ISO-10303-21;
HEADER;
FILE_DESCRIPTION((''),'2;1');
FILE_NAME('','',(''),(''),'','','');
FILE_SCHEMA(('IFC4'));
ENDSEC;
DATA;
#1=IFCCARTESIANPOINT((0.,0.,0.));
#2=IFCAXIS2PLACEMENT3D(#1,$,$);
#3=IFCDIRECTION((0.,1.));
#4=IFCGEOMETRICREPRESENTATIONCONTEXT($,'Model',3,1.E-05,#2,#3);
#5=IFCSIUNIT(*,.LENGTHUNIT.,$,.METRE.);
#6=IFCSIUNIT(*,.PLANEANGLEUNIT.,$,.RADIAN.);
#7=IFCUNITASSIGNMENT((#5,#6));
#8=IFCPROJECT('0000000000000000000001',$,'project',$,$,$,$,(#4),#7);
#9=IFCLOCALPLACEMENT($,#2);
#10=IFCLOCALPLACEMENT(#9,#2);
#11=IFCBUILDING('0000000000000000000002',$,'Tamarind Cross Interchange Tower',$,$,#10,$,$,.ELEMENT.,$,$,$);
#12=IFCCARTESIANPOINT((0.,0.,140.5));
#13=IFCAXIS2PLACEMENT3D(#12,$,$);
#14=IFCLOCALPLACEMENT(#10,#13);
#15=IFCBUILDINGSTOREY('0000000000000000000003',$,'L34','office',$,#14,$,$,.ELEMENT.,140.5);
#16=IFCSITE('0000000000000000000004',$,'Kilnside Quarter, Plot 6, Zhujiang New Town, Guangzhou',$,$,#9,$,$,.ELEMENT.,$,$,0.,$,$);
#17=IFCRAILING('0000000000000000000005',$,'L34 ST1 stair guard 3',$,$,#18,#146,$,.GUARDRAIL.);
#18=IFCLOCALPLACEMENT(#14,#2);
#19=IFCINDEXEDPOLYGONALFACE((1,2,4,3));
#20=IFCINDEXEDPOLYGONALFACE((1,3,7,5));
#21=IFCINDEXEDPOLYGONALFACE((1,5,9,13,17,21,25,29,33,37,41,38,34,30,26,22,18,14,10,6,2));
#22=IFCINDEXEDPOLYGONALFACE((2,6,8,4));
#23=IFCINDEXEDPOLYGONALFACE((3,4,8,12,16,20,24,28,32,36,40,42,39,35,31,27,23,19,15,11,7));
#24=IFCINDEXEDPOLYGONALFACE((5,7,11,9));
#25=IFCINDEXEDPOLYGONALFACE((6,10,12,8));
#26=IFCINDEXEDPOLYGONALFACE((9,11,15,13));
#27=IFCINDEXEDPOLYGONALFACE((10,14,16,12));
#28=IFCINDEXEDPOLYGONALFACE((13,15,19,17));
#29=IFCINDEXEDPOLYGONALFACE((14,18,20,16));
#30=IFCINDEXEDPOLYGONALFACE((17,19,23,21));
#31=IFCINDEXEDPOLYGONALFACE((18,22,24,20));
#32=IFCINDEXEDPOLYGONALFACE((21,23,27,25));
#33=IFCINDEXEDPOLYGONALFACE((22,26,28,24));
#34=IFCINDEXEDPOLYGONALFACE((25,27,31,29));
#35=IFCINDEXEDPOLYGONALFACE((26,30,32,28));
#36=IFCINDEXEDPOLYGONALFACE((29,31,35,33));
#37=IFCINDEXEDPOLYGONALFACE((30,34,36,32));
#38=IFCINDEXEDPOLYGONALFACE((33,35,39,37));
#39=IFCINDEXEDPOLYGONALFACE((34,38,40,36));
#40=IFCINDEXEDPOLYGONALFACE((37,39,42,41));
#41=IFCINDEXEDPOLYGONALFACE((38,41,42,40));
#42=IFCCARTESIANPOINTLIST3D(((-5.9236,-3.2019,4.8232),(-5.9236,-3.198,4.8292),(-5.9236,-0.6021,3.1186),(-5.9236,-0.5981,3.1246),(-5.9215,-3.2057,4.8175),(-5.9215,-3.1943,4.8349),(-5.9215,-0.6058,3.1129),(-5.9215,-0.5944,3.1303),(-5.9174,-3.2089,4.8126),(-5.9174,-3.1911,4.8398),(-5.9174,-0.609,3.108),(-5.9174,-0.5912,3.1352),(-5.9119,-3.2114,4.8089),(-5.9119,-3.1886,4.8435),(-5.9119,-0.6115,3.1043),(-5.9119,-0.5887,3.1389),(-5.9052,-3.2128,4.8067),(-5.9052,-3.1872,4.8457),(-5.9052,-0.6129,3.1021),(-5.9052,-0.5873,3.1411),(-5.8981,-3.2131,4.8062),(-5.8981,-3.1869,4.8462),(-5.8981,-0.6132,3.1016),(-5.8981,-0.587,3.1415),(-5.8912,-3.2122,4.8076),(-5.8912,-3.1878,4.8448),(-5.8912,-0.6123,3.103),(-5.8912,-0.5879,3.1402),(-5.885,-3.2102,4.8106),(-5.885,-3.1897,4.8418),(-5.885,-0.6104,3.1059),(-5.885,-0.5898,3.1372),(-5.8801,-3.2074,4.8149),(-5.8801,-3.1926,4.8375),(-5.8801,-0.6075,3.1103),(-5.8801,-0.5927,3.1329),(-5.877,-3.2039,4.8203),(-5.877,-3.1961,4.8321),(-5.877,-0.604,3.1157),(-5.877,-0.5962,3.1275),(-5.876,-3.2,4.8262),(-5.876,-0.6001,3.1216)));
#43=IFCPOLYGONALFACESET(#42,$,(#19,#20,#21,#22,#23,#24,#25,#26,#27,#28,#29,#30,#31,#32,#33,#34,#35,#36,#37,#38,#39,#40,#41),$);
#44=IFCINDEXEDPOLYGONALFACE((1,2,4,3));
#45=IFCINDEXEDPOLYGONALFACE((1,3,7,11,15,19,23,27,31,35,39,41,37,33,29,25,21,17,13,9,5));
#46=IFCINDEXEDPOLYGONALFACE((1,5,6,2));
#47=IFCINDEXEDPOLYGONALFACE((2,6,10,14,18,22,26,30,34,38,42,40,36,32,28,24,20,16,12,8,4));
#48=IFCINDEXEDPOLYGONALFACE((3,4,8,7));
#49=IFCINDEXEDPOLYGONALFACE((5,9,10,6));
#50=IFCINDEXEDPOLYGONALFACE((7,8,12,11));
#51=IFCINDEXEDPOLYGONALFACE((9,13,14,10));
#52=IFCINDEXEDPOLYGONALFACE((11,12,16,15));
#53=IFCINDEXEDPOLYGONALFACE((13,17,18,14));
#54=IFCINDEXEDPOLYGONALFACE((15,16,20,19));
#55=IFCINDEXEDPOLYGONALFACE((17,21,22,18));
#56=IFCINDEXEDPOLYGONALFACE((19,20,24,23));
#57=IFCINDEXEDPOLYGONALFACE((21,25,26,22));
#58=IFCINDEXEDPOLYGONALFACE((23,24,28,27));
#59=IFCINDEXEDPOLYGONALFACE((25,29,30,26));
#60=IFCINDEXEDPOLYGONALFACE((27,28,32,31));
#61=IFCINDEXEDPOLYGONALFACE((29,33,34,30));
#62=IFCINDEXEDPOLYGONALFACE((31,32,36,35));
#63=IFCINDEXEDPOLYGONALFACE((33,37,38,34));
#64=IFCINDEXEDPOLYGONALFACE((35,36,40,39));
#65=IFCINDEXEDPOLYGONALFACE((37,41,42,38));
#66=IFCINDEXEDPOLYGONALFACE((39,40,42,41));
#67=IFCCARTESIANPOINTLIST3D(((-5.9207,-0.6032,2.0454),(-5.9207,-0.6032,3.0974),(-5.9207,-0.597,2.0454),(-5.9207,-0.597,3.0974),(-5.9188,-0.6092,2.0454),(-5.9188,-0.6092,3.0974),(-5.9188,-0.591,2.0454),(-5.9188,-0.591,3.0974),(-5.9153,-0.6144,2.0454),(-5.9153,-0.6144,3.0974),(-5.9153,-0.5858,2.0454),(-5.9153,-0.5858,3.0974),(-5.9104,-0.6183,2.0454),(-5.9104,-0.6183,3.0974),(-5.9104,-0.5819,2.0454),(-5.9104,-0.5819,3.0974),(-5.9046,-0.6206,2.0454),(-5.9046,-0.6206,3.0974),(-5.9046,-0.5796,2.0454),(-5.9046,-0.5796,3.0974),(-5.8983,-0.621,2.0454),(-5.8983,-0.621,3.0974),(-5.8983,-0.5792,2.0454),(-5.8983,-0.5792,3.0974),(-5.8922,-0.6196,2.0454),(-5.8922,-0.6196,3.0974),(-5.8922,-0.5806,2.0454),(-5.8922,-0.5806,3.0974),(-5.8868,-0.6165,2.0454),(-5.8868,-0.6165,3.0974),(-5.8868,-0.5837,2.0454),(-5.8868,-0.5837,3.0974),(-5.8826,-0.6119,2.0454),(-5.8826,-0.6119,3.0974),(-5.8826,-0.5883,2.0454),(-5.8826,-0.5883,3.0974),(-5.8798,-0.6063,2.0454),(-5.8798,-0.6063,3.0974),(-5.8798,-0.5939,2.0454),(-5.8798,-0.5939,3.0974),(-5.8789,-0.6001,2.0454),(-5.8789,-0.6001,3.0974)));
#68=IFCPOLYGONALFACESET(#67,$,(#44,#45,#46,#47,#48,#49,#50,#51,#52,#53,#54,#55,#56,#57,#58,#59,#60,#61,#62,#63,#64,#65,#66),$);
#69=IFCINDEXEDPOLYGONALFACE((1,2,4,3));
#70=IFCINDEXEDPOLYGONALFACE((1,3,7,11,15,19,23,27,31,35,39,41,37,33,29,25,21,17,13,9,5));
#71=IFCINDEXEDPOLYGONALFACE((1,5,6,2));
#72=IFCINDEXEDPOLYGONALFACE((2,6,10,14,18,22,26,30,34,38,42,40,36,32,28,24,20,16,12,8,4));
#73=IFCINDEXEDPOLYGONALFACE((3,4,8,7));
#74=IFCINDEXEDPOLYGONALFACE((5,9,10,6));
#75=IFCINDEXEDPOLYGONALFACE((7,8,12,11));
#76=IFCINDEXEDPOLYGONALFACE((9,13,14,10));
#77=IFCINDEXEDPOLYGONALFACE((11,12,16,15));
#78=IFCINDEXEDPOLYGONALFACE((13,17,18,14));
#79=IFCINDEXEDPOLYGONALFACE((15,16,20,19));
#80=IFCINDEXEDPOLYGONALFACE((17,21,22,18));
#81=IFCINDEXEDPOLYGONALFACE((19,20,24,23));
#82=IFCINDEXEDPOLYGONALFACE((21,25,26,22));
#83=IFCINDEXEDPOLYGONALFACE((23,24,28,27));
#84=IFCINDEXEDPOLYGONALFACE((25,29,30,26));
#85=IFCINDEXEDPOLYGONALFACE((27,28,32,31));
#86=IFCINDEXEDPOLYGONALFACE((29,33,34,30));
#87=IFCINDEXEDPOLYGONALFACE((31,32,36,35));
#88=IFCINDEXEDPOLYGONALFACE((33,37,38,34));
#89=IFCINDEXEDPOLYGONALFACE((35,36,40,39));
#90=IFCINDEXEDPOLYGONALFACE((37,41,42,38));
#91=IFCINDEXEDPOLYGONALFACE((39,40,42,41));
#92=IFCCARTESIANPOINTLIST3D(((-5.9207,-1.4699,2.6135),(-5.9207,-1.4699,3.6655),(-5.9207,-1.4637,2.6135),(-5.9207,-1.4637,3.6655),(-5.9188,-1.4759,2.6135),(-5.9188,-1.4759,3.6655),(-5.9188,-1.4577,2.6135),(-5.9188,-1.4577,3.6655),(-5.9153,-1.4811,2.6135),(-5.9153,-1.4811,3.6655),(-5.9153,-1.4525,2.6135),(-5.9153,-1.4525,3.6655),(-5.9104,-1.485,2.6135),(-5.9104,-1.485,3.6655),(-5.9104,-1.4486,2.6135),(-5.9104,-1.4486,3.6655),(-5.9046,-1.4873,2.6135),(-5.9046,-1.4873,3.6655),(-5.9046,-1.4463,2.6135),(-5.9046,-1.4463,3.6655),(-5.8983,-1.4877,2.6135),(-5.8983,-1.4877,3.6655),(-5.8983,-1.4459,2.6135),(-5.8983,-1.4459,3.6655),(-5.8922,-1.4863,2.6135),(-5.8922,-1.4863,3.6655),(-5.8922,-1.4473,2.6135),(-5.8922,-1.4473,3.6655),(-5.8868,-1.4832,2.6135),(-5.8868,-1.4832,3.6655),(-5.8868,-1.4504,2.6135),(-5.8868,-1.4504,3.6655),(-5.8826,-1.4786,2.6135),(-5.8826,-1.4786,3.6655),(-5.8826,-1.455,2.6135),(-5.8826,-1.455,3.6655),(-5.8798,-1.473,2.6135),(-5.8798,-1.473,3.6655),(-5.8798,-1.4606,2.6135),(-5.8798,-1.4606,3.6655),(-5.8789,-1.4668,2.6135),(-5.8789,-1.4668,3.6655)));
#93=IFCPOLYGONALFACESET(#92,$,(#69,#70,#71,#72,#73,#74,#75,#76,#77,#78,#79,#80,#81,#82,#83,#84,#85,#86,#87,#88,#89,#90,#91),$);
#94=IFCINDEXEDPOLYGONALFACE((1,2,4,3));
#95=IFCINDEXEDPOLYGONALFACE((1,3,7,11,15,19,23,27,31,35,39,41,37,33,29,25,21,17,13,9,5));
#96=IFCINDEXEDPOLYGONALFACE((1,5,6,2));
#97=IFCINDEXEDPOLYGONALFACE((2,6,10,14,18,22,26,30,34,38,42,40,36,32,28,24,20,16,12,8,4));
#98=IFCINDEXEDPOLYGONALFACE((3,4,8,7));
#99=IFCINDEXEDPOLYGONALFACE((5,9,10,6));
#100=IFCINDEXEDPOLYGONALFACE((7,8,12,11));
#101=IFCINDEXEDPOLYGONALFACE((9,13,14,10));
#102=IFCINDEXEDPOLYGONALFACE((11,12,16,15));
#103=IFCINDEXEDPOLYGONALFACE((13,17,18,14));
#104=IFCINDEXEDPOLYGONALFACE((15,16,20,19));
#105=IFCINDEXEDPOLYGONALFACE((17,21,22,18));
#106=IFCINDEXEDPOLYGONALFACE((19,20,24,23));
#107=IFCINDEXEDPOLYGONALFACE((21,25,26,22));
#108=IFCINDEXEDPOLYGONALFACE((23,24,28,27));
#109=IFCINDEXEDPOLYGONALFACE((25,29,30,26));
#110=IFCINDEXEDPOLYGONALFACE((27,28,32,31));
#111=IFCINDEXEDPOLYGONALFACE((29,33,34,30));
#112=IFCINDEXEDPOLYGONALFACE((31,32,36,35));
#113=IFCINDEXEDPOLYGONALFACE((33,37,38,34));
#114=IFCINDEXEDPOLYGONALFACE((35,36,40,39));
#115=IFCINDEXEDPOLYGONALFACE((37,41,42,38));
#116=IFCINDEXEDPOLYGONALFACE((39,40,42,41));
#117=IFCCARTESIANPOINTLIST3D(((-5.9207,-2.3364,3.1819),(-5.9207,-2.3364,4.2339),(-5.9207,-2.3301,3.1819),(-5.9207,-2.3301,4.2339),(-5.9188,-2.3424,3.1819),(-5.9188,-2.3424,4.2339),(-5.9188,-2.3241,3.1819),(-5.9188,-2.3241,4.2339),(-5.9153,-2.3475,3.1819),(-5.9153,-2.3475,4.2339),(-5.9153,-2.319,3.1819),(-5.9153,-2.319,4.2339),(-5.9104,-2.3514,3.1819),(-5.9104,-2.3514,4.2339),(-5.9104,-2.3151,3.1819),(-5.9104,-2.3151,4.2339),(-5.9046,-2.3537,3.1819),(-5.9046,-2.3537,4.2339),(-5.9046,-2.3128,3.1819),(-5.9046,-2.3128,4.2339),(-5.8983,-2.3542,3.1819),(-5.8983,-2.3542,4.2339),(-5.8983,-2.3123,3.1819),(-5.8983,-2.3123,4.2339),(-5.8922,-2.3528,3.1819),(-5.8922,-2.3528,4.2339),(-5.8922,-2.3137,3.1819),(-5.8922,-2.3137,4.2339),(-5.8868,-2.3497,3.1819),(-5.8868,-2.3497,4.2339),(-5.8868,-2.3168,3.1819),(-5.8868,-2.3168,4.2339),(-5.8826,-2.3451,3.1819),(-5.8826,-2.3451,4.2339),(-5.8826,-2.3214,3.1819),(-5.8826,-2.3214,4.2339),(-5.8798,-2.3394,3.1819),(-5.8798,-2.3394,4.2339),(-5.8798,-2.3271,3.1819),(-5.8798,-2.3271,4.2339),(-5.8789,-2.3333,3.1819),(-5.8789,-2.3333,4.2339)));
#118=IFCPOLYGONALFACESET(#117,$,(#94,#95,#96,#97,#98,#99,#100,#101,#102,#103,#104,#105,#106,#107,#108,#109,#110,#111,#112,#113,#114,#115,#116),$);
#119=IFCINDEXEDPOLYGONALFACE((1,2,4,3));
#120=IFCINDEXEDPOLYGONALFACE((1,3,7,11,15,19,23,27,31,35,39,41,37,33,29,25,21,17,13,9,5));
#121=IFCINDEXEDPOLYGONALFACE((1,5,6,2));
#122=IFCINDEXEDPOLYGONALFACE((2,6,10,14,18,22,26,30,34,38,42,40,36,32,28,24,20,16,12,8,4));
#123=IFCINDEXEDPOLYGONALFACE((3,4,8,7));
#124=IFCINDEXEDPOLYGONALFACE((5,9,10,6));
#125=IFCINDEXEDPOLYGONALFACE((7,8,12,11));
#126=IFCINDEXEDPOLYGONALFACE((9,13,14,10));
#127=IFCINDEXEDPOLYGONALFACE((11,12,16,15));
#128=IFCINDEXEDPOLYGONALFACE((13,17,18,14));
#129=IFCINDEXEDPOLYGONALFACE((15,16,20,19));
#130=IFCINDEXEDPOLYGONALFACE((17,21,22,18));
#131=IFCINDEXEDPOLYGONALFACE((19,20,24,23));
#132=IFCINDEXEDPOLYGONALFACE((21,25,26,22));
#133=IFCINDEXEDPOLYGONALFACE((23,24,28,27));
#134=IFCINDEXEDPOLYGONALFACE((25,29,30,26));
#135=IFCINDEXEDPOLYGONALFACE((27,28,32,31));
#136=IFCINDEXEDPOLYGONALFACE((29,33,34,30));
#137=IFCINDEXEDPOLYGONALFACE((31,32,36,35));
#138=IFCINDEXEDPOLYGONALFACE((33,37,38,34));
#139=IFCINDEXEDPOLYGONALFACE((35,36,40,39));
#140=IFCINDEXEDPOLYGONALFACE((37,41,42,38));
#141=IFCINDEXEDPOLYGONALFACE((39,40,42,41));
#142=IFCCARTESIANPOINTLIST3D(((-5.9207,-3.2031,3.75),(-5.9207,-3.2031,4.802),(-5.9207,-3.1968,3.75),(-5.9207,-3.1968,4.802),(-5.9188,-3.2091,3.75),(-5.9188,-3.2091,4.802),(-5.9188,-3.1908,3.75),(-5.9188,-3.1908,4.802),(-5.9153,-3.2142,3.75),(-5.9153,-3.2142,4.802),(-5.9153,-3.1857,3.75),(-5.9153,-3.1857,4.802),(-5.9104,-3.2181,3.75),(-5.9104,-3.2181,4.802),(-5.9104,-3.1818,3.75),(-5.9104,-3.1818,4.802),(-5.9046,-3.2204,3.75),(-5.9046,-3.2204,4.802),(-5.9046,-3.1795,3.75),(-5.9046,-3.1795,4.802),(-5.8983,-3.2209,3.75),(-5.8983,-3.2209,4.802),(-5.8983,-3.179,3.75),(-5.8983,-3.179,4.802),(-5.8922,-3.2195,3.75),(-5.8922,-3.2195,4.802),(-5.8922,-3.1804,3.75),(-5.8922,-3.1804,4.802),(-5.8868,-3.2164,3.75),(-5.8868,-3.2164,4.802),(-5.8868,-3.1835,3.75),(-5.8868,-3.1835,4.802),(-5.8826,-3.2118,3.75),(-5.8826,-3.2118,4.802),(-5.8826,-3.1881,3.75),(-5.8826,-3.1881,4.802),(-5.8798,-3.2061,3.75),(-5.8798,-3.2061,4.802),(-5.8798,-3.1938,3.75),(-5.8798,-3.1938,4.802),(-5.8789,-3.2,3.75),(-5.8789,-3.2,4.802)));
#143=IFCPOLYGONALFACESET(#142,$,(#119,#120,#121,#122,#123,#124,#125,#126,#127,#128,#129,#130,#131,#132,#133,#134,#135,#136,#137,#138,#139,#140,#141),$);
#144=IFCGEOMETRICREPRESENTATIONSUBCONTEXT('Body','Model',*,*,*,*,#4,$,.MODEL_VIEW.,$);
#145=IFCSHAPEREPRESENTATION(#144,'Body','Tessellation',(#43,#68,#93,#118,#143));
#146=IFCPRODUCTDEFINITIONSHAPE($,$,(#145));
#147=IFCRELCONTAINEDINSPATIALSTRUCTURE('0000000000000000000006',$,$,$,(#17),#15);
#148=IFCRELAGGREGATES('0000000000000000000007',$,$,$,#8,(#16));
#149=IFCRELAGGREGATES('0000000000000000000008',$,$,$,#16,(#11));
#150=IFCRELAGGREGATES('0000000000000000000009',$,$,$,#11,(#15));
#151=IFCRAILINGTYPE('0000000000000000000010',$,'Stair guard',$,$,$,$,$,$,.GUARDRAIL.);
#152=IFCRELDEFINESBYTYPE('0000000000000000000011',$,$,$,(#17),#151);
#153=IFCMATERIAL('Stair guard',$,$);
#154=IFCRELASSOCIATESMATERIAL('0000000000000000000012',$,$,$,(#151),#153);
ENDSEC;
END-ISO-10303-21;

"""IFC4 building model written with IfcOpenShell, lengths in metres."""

from ifc_helpers import new_model, si_unit, direction, frame, origin, origin_2d, place, context, subcontext, project, spatial, circle, extrude, material, type_object, element, save


model = new_model("IFC4")

# Units and contexts
model_context = context("Model", 3, precision=1e-05, world=origin(), true_north=direction((0.0, 1.0)))
body_context = subcontext(model_context, "Body", "Model", "MODEL_VIEW")
ifc_project = project(units=[si_unit("LENGTHUNIT", "METRE"), si_unit("PLANEANGLEUNIT", "RADIAN")], contexts=[model_context])

# Site, building, storey
site_placement = place(None, origin())
site = spatial("IfcSite", under=ifc_project, at=site_placement, Name="Kilnside Quarter, Plot 6, Zhujiang New Town, Guangzhou", CompositionType="ELEMENT", RefElevation=0.0)
building_placement = place(site_placement, origin())
building = spatial("IfcBuilding", under=site, at=building_placement, Name="Tamarind Cross Interchange Tower", CompositionType="ELEMENT")
storey_placement = place(building_placement, frame((0.0, 0.0, 140.5)))
storey = spatial("IfcBuildingStorey", under=building, at=storey_placement, Name="L34", Description="office", CompositionType="ELEMENT", Elevation=140.5)

# Railing
ifc_material_1 = material(Name="Stair guard")
railing_type_1 = type_object("IfcRailingType", Name="Stair guard", PredefinedType="GUARDRAIL", material=ifc_material_1)
railing_1_placement = place(storey_placement, frame((-5.8999, -0.6001, 2.0454)))
element("IfcRailing", 1, at=railing_1_placement, inside=storey, type_object=railing_type_1, Name="L34 ST1 stair guard 3", PredefinedType="GUARDRAIL", context=body_context, shape_type="SweptSolid", body=[
    extrude(circle(Radius=0.0239, at=origin_2d()), frame((0.0, 0.0, 1.0762), z_axis=(0.0, -0.836279, 0.548305), x_axis=(1.0, 0.0, 0.0)), (0.0, 0.0, 1.0), 3.1089),
    extrude(circle(Radius=0.021, at=origin_2d()), origin(), (0.0, 0.0, 1.0), 1.052),
    extrude(circle(Radius=0.021, at=origin_2d()), frame((0.0, -0.8667, 0.5681)), (0.0, 0.0, 1.0), 1.052),
    extrude(circle(Radius=0.021, at=origin_2d()), frame((0.0, -1.7332, 1.1365)), (0.0, 0.0, 1.0), 1.052),
    extrude(circle(Radius=0.021, at=origin_2d()), frame((0.0, -2.5999, 1.7046)), (0.0, 0.0, 1.0), 1.052),
])

save(model, "model.ifc")
